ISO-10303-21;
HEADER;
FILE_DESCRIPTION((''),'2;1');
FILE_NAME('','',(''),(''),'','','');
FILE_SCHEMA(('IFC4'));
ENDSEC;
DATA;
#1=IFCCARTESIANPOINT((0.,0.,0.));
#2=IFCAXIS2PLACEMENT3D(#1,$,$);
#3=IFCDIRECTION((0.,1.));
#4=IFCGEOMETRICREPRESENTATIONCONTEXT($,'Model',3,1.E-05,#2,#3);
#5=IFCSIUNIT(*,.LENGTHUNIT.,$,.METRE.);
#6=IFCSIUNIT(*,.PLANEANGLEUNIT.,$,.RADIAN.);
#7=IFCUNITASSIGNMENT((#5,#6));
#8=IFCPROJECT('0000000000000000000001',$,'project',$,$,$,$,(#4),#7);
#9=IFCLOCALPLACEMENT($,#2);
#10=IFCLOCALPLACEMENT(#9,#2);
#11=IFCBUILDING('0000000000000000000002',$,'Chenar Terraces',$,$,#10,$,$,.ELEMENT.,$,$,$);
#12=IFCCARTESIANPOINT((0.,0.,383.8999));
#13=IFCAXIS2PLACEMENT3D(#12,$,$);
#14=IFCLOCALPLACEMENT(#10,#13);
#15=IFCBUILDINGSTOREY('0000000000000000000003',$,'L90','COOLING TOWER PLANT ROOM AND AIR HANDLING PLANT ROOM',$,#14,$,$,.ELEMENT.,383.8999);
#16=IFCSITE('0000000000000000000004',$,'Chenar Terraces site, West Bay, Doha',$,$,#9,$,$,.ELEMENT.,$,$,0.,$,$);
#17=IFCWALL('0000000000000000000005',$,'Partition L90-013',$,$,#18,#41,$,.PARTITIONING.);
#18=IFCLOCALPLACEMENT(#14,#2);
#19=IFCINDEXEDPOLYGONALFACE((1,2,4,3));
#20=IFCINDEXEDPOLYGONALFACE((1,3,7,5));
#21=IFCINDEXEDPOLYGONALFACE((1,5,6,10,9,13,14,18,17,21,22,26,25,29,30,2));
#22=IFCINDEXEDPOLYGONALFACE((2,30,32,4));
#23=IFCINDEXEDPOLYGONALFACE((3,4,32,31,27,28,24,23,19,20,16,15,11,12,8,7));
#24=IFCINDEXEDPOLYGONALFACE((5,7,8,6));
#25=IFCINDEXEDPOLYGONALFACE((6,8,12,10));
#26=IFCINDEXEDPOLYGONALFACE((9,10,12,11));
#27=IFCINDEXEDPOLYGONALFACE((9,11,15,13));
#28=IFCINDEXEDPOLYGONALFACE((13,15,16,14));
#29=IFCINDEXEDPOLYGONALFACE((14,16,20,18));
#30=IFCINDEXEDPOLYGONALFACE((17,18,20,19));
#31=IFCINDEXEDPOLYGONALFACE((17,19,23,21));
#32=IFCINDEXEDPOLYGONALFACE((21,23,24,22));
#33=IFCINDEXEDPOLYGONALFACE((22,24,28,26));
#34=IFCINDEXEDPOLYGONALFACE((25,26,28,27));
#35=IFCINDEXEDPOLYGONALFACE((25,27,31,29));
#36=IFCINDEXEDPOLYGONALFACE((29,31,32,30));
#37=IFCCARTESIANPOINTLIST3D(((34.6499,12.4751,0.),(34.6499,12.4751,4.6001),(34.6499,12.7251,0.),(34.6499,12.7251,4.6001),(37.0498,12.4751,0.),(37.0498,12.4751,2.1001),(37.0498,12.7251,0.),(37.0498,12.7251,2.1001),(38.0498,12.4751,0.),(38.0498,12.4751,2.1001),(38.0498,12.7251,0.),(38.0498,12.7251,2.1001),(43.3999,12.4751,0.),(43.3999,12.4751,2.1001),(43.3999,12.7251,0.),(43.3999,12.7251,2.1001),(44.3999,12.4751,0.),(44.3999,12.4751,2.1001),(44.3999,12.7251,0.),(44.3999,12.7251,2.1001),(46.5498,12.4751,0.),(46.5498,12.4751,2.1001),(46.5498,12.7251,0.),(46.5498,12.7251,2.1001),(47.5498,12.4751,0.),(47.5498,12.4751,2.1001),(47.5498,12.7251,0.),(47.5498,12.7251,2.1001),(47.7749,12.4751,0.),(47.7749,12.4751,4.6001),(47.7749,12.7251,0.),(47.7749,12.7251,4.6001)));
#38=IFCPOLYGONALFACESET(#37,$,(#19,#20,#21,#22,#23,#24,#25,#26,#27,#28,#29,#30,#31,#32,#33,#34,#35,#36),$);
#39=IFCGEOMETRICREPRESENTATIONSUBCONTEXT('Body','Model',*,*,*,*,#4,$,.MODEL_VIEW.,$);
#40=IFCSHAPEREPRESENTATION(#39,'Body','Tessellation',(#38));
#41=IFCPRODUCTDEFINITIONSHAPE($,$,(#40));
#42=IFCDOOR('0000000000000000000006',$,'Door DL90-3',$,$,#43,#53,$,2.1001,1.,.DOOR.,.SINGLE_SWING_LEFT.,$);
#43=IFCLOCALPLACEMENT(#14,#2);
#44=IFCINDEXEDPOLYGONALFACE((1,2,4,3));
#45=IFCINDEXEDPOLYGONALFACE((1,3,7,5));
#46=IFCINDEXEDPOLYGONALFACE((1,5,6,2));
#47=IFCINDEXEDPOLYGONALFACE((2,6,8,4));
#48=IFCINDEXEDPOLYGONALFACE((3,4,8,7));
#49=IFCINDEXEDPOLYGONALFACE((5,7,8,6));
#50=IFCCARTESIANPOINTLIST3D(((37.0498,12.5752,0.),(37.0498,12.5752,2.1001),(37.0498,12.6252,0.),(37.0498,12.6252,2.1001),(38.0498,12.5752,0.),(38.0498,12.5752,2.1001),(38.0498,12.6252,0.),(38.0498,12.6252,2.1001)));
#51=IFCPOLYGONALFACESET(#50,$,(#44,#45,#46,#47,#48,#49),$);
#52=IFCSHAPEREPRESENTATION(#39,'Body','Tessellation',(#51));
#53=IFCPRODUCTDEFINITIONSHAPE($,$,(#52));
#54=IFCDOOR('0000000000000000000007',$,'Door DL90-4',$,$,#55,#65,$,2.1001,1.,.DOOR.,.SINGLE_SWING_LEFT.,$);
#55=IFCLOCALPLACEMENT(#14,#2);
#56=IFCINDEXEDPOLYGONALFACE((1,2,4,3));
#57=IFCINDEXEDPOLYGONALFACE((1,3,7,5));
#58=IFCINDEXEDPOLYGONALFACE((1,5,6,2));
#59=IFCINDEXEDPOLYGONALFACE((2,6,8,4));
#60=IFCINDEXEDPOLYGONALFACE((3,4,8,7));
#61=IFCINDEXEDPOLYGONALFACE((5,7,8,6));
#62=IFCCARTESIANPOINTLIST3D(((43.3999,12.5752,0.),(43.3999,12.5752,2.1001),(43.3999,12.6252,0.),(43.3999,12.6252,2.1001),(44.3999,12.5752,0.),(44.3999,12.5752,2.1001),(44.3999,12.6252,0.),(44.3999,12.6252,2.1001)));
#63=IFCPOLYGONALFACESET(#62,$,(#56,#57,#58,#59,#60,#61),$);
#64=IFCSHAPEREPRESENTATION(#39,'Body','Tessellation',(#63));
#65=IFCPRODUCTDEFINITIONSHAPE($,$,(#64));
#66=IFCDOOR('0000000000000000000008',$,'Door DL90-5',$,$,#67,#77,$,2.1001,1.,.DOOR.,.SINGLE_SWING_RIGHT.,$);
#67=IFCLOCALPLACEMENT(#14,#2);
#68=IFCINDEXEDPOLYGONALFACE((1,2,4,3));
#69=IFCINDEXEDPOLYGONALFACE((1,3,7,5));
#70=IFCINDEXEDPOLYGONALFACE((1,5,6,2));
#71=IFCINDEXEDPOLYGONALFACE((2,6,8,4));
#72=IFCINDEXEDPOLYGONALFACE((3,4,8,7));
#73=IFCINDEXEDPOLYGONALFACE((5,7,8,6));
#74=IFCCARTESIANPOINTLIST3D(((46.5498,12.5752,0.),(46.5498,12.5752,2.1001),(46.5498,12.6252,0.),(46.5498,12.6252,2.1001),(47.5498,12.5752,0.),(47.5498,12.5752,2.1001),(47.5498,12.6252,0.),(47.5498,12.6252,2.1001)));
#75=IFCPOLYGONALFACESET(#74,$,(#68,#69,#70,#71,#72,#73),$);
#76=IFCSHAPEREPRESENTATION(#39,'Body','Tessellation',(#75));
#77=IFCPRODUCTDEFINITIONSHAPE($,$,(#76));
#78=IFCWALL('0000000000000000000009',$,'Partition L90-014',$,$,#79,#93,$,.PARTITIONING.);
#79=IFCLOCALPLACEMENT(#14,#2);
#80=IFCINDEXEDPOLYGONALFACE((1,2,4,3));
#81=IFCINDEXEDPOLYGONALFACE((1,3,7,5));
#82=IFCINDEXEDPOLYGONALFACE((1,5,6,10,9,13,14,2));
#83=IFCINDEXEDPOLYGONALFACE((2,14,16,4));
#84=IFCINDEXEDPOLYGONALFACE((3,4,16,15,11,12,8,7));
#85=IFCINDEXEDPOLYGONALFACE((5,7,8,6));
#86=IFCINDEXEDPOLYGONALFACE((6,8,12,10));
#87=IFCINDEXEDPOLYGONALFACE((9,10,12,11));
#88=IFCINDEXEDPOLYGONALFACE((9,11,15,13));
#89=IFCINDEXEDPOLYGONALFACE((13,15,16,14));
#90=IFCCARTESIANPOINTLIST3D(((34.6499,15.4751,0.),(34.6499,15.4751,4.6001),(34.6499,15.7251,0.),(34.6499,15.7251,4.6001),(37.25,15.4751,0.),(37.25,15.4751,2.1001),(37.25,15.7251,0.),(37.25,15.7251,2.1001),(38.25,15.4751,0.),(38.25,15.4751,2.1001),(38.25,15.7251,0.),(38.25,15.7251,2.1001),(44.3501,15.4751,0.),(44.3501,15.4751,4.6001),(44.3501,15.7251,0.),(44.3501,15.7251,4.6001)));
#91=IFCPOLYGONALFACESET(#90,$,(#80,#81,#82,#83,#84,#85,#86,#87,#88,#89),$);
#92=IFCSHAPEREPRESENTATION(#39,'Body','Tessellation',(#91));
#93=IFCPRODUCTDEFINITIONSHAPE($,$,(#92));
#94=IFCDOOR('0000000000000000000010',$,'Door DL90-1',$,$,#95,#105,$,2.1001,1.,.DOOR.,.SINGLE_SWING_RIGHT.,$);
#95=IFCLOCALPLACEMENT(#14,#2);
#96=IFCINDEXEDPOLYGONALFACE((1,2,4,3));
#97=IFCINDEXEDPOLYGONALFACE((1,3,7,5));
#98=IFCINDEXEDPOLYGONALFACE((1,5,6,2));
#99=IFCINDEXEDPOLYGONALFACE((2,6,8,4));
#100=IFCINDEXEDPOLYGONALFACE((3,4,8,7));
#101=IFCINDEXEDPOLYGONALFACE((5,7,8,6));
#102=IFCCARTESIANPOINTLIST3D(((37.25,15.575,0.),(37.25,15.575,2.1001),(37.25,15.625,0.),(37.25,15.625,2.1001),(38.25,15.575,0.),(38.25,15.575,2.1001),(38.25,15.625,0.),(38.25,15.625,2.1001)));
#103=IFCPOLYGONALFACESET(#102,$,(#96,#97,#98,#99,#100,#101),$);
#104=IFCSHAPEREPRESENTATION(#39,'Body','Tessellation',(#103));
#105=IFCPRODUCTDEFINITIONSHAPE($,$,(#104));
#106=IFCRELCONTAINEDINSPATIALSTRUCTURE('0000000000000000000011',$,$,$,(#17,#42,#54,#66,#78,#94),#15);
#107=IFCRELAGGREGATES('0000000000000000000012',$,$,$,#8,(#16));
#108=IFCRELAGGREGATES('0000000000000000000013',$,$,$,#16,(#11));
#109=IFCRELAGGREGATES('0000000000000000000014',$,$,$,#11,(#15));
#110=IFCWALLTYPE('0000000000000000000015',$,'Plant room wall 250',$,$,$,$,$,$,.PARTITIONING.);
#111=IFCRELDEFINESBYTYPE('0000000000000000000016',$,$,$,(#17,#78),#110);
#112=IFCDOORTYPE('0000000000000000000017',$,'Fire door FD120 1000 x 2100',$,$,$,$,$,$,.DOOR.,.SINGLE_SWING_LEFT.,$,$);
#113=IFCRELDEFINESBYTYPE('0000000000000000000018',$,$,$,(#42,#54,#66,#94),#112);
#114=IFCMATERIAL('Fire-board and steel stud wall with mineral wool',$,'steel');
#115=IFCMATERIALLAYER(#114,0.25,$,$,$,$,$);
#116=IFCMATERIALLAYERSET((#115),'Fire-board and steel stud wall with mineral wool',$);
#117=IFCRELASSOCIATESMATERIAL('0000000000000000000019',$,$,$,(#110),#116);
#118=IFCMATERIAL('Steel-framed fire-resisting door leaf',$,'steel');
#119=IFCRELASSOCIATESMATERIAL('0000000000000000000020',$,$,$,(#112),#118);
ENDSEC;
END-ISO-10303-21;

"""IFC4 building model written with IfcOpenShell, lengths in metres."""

from ifc_helpers import new_model, si_unit, direction, frame, frame_2d, origin, place, context, subcontext, project, spatial, rectangle, extrude, material, layer, layer_set, type_object, element, fill, save


model = new_model("IFC4")

# Units and contexts
model_context = context("Model", 3, precision=1e-05, world=origin(), true_north=direction((0.0, 1.0)))
body_context = subcontext(model_context, "Body", "Model", "MODEL_VIEW")
ifc_project = project(units=[si_unit("LENGTHUNIT", "METRE"), si_unit("PLANEANGLEUNIT", "RADIAN")], contexts=[model_context])

# Site, building, storey
site_placement = place(None, origin())
site = spatial("IfcSite", under=ifc_project, at=site_placement, Name="Chenar Terraces site, West Bay, Doha", CompositionType="ELEMENT", RefElevation=0.0)
building_placement = place(site_placement, origin())
building = spatial("IfcBuilding", under=site, at=building_placement, Name="Chenar Terraces", CompositionType="ELEMENT")
storey_placement = place(building_placement, frame((0.0, 0.0, 383.8999)))
storey = spatial("IfcBuildingStorey", under=building, at=storey_placement, Name="L90", Description="COOLING TOWER PLANT ROOM AND AIR HANDLING PLANT ROOM", CompositionType="ELEMENT", Elevation=383.8999)

# Wall, openings, doors
ifc_material_1 = material(Name="Fire-board and steel stud wall with mineral wool", Category="steel")
ifc_layer_1 = layer(ifc_material_1, 0.25)
ifc_layer_set_1 = layer_set([ifc_layer_1], Name="Fire-board and steel stud wall with mineral wool")
wall_type_1 = type_object("IfcWallType", Name="Plant room wall 250", PredefinedType="PARTITIONING", material=ifc_layer_set_1)
wall_1_placement = place(storey_placement, frame((34.6499, 12.6001, 0.0), z_axis=(0.0, 0.0, 1.0), x_axis=(1.0, 0.0, 0.0)))
wall_1 = element("IfcWall", 1, at=wall_1_placement, inside=storey, type_object=wall_type_1, Name="Partition L90-013", PredefinedType="PARTITIONING", context=body_context, shape_type="SweptSolid", body=[
    extrude(rectangle(XDim=13.125, YDim=0.25, at=frame_2d((6.5625, 0.0))), origin(), (0.0, 0.0, 1.0), 4.6001),
])
opening_1_placement = place(wall_1_placement, frame((2.3999, 0.0, 0.0)))
opening_1 = element("IfcOpeningElement", 2, at=opening_1_placement, cuts=wall_1, PredefinedType="OPENING", context=body_context, shape_type="SweptSolid", body=[
    extrude(rectangle(XDim=1.0, YDim=2.1001, at=frame_2d((0.5, 1.05))), frame((0.0, 0.135, 0.0), z_axis=(0.0, -1.0, 0.0), x_axis=(1.0, 0.0, 0.0)), (0.0, 0.0, 1.0), 0.27),
])
opening_2_placement = place(wall_1_placement, frame((8.75, 0.0, 0.0)))
opening_2 = element("IfcOpeningElement", 3, at=opening_2_placement, cuts=wall_1, PredefinedType="OPENING", context=body_context, shape_type="SweptSolid", body=[
    extrude(rectangle(XDim=1.0, YDim=2.1001, at=frame_2d((0.5, 1.05))), frame((0.0, 0.135, 0.0), z_axis=(0.0, -1.0, 0.0), x_axis=(1.0, 0.0, 0.0)), (0.0, 0.0, 1.0), 0.27),
])
opening_3_placement = place(wall_1_placement, frame((11.8999, 0.0, 0.0)))
opening_3 = element("IfcOpeningElement", 4, at=opening_3_placement, cuts=wall_1, PredefinedType="OPENING", context=body_context, shape_type="SweptSolid", body=[
    extrude(rectangle(XDim=1.0, YDim=2.1001, at=frame_2d((0.5, 1.05))), frame((0.0, 0.135, 0.0), z_axis=(0.0, -1.0, 0.0), x_axis=(1.0, 0.0, 0.0)), (0.0, 0.0, 1.0), 0.27),
])
ifc_material_2 = material(Name="Steel-framed fire-resisting door leaf", Category="steel")
door_type_1 = type_object("IfcDoorType", Name="Fire door FD120 1000 x 2100", OperationType="SINGLE_SWING_LEFT", PredefinedType="DOOR", material=ifc_material_2)
door_1_placement = place(opening_1_placement, frame((1.0, 0.0, 0.0), z_axis=(0.0, 0.0, 1.0), x_axis=(-1.0, 0.0, 0.0)))
door_1 = element("IfcDoor", 5, at=door_1_placement, inside=storey, type_object=door_type_1, Name="Door DL90-3", OperationType="SINGLE_SWING_LEFT", OverallHeight=2.1001, OverallWidth=1.0, PredefinedType="DOOR", context=body_context, shape_type="SweptSolid", body=[
    extrude(rectangle(XDim=1.0, YDim=2.1001, at=frame_2d((0.5, 1.05))), frame((0.0, 0.0249, 0.0), z_axis=(0.0, -1.0, 0.0), x_axis=(1.0, 0.0, 0.0)), (0.0, 0.0, 1.0), 0.05),
])
fill(opening_1, door_1)
door_2_placement = place(opening_2_placement, frame((1.0, 0.0, 0.0), z_axis=(0.0, 0.0, 1.0), x_axis=(-1.0, 0.0, 0.0)))
door_2 = element("IfcDoor", 6, at=door_2_placement, inside=storey, type_object=door_type_1, Name="Door DL90-4", OperationType="SINGLE_SWING_LEFT", OverallHeight=2.1001, OverallWidth=1.0, PredefinedType="DOOR", context=body_context, shape_type="SweptSolid", body=[
    extrude(rectangle(XDim=1.0, YDim=2.1001, at=frame_2d((0.5, 1.05))), frame((0.0, 0.0249, 0.0), z_axis=(0.0, -1.0, 0.0), x_axis=(1.0, 0.0, 0.0)), (0.0, 0.0, 1.0), 0.05),
])
fill(opening_2, door_2)
door_3_placement = place(opening_3_placement, frame((1.0, 0.0, 0.0), z_axis=(0.0, 0.0, 1.0), x_axis=(-1.0, 0.0, 0.0)))
door_3 = element("IfcDoor", 7, at=door_3_placement, inside=storey, type_object=door_type_1, Name="Door DL90-5", OperationType="SINGLE_SWING_RIGHT", OverallHeight=2.1001, OverallWidth=1.0, PredefinedType="DOOR", context=body_context, shape_type="SweptSolid", body=[
    extrude(rectangle(XDim=1.0, YDim=2.1001, at=frame_2d((0.5, 1.05))), frame((0.0, 0.0249, 0.0), z_axis=(0.0, -1.0, 0.0), x_axis=(1.0, 0.0, 0.0)), (0.0, 0.0, 1.0), 0.05),
])
fill(opening_3, door_3)

# Wall, opening, door
wall_2_placement = place(storey_placement, frame((34.6499, 15.6001, 0.0), z_axis=(0.0, 0.0, 1.0), x_axis=(1.0, 0.0, 0.0)))
wall_2 = element("IfcWall", 8, at=wall_2_placement, inside=storey, type_object=wall_type_1, Name="Partition L90-014", PredefinedType="PARTITIONING", context=body_context, shape_type="SweptSolid", body=[
    extrude(rectangle(XDim=9.7002, YDim=0.25, at=frame_2d((4.8501, 0.0))), origin(), (0.0, 0.0, 1.0), 4.6001),
])
opening_4_placement = place(wall_2_placement, frame((2.6001, 0.0, 0.0)))
opening_4 = element("IfcOpeningElement", 9, at=opening_4_placement, cuts=wall_2, PredefinedType="OPENING", context=body_context, shape_type="SweptSolid", body=[
    extrude(rectangle(XDim=1.0, YDim=2.1001, at=frame_2d((0.5, 1.05))), frame((0.0, 0.135, 0.0), z_axis=(0.0, -1.0, 0.0), x_axis=(1.0, 0.0, 0.0)), (0.0, 0.0, 1.0), 0.27),
])
door_4_placement = place(opening_4_placement, origin())
door_4 = element("IfcDoor", 10, at=door_4_placement, inside=storey, type_object=door_type_1, Name="Door DL90-1", OperationType="SINGLE_SWING_RIGHT", OverallHeight=2.1001, OverallWidth=1.0, PredefinedType="DOOR", context=body_context, shape_type="SweptSolid", body=[
    extrude(rectangle(XDim=1.0, YDim=2.1001, at=frame_2d((0.5, 1.05))), frame((0.0, 0.0249, 0.0), z_axis=(0.0, -1.0, 0.0), x_axis=(1.0, 0.0, 0.0)), (0.0, 0.0, 1.0), 0.05),
])
fill(opening_4, door_4)

save(model, "model.ifc")
